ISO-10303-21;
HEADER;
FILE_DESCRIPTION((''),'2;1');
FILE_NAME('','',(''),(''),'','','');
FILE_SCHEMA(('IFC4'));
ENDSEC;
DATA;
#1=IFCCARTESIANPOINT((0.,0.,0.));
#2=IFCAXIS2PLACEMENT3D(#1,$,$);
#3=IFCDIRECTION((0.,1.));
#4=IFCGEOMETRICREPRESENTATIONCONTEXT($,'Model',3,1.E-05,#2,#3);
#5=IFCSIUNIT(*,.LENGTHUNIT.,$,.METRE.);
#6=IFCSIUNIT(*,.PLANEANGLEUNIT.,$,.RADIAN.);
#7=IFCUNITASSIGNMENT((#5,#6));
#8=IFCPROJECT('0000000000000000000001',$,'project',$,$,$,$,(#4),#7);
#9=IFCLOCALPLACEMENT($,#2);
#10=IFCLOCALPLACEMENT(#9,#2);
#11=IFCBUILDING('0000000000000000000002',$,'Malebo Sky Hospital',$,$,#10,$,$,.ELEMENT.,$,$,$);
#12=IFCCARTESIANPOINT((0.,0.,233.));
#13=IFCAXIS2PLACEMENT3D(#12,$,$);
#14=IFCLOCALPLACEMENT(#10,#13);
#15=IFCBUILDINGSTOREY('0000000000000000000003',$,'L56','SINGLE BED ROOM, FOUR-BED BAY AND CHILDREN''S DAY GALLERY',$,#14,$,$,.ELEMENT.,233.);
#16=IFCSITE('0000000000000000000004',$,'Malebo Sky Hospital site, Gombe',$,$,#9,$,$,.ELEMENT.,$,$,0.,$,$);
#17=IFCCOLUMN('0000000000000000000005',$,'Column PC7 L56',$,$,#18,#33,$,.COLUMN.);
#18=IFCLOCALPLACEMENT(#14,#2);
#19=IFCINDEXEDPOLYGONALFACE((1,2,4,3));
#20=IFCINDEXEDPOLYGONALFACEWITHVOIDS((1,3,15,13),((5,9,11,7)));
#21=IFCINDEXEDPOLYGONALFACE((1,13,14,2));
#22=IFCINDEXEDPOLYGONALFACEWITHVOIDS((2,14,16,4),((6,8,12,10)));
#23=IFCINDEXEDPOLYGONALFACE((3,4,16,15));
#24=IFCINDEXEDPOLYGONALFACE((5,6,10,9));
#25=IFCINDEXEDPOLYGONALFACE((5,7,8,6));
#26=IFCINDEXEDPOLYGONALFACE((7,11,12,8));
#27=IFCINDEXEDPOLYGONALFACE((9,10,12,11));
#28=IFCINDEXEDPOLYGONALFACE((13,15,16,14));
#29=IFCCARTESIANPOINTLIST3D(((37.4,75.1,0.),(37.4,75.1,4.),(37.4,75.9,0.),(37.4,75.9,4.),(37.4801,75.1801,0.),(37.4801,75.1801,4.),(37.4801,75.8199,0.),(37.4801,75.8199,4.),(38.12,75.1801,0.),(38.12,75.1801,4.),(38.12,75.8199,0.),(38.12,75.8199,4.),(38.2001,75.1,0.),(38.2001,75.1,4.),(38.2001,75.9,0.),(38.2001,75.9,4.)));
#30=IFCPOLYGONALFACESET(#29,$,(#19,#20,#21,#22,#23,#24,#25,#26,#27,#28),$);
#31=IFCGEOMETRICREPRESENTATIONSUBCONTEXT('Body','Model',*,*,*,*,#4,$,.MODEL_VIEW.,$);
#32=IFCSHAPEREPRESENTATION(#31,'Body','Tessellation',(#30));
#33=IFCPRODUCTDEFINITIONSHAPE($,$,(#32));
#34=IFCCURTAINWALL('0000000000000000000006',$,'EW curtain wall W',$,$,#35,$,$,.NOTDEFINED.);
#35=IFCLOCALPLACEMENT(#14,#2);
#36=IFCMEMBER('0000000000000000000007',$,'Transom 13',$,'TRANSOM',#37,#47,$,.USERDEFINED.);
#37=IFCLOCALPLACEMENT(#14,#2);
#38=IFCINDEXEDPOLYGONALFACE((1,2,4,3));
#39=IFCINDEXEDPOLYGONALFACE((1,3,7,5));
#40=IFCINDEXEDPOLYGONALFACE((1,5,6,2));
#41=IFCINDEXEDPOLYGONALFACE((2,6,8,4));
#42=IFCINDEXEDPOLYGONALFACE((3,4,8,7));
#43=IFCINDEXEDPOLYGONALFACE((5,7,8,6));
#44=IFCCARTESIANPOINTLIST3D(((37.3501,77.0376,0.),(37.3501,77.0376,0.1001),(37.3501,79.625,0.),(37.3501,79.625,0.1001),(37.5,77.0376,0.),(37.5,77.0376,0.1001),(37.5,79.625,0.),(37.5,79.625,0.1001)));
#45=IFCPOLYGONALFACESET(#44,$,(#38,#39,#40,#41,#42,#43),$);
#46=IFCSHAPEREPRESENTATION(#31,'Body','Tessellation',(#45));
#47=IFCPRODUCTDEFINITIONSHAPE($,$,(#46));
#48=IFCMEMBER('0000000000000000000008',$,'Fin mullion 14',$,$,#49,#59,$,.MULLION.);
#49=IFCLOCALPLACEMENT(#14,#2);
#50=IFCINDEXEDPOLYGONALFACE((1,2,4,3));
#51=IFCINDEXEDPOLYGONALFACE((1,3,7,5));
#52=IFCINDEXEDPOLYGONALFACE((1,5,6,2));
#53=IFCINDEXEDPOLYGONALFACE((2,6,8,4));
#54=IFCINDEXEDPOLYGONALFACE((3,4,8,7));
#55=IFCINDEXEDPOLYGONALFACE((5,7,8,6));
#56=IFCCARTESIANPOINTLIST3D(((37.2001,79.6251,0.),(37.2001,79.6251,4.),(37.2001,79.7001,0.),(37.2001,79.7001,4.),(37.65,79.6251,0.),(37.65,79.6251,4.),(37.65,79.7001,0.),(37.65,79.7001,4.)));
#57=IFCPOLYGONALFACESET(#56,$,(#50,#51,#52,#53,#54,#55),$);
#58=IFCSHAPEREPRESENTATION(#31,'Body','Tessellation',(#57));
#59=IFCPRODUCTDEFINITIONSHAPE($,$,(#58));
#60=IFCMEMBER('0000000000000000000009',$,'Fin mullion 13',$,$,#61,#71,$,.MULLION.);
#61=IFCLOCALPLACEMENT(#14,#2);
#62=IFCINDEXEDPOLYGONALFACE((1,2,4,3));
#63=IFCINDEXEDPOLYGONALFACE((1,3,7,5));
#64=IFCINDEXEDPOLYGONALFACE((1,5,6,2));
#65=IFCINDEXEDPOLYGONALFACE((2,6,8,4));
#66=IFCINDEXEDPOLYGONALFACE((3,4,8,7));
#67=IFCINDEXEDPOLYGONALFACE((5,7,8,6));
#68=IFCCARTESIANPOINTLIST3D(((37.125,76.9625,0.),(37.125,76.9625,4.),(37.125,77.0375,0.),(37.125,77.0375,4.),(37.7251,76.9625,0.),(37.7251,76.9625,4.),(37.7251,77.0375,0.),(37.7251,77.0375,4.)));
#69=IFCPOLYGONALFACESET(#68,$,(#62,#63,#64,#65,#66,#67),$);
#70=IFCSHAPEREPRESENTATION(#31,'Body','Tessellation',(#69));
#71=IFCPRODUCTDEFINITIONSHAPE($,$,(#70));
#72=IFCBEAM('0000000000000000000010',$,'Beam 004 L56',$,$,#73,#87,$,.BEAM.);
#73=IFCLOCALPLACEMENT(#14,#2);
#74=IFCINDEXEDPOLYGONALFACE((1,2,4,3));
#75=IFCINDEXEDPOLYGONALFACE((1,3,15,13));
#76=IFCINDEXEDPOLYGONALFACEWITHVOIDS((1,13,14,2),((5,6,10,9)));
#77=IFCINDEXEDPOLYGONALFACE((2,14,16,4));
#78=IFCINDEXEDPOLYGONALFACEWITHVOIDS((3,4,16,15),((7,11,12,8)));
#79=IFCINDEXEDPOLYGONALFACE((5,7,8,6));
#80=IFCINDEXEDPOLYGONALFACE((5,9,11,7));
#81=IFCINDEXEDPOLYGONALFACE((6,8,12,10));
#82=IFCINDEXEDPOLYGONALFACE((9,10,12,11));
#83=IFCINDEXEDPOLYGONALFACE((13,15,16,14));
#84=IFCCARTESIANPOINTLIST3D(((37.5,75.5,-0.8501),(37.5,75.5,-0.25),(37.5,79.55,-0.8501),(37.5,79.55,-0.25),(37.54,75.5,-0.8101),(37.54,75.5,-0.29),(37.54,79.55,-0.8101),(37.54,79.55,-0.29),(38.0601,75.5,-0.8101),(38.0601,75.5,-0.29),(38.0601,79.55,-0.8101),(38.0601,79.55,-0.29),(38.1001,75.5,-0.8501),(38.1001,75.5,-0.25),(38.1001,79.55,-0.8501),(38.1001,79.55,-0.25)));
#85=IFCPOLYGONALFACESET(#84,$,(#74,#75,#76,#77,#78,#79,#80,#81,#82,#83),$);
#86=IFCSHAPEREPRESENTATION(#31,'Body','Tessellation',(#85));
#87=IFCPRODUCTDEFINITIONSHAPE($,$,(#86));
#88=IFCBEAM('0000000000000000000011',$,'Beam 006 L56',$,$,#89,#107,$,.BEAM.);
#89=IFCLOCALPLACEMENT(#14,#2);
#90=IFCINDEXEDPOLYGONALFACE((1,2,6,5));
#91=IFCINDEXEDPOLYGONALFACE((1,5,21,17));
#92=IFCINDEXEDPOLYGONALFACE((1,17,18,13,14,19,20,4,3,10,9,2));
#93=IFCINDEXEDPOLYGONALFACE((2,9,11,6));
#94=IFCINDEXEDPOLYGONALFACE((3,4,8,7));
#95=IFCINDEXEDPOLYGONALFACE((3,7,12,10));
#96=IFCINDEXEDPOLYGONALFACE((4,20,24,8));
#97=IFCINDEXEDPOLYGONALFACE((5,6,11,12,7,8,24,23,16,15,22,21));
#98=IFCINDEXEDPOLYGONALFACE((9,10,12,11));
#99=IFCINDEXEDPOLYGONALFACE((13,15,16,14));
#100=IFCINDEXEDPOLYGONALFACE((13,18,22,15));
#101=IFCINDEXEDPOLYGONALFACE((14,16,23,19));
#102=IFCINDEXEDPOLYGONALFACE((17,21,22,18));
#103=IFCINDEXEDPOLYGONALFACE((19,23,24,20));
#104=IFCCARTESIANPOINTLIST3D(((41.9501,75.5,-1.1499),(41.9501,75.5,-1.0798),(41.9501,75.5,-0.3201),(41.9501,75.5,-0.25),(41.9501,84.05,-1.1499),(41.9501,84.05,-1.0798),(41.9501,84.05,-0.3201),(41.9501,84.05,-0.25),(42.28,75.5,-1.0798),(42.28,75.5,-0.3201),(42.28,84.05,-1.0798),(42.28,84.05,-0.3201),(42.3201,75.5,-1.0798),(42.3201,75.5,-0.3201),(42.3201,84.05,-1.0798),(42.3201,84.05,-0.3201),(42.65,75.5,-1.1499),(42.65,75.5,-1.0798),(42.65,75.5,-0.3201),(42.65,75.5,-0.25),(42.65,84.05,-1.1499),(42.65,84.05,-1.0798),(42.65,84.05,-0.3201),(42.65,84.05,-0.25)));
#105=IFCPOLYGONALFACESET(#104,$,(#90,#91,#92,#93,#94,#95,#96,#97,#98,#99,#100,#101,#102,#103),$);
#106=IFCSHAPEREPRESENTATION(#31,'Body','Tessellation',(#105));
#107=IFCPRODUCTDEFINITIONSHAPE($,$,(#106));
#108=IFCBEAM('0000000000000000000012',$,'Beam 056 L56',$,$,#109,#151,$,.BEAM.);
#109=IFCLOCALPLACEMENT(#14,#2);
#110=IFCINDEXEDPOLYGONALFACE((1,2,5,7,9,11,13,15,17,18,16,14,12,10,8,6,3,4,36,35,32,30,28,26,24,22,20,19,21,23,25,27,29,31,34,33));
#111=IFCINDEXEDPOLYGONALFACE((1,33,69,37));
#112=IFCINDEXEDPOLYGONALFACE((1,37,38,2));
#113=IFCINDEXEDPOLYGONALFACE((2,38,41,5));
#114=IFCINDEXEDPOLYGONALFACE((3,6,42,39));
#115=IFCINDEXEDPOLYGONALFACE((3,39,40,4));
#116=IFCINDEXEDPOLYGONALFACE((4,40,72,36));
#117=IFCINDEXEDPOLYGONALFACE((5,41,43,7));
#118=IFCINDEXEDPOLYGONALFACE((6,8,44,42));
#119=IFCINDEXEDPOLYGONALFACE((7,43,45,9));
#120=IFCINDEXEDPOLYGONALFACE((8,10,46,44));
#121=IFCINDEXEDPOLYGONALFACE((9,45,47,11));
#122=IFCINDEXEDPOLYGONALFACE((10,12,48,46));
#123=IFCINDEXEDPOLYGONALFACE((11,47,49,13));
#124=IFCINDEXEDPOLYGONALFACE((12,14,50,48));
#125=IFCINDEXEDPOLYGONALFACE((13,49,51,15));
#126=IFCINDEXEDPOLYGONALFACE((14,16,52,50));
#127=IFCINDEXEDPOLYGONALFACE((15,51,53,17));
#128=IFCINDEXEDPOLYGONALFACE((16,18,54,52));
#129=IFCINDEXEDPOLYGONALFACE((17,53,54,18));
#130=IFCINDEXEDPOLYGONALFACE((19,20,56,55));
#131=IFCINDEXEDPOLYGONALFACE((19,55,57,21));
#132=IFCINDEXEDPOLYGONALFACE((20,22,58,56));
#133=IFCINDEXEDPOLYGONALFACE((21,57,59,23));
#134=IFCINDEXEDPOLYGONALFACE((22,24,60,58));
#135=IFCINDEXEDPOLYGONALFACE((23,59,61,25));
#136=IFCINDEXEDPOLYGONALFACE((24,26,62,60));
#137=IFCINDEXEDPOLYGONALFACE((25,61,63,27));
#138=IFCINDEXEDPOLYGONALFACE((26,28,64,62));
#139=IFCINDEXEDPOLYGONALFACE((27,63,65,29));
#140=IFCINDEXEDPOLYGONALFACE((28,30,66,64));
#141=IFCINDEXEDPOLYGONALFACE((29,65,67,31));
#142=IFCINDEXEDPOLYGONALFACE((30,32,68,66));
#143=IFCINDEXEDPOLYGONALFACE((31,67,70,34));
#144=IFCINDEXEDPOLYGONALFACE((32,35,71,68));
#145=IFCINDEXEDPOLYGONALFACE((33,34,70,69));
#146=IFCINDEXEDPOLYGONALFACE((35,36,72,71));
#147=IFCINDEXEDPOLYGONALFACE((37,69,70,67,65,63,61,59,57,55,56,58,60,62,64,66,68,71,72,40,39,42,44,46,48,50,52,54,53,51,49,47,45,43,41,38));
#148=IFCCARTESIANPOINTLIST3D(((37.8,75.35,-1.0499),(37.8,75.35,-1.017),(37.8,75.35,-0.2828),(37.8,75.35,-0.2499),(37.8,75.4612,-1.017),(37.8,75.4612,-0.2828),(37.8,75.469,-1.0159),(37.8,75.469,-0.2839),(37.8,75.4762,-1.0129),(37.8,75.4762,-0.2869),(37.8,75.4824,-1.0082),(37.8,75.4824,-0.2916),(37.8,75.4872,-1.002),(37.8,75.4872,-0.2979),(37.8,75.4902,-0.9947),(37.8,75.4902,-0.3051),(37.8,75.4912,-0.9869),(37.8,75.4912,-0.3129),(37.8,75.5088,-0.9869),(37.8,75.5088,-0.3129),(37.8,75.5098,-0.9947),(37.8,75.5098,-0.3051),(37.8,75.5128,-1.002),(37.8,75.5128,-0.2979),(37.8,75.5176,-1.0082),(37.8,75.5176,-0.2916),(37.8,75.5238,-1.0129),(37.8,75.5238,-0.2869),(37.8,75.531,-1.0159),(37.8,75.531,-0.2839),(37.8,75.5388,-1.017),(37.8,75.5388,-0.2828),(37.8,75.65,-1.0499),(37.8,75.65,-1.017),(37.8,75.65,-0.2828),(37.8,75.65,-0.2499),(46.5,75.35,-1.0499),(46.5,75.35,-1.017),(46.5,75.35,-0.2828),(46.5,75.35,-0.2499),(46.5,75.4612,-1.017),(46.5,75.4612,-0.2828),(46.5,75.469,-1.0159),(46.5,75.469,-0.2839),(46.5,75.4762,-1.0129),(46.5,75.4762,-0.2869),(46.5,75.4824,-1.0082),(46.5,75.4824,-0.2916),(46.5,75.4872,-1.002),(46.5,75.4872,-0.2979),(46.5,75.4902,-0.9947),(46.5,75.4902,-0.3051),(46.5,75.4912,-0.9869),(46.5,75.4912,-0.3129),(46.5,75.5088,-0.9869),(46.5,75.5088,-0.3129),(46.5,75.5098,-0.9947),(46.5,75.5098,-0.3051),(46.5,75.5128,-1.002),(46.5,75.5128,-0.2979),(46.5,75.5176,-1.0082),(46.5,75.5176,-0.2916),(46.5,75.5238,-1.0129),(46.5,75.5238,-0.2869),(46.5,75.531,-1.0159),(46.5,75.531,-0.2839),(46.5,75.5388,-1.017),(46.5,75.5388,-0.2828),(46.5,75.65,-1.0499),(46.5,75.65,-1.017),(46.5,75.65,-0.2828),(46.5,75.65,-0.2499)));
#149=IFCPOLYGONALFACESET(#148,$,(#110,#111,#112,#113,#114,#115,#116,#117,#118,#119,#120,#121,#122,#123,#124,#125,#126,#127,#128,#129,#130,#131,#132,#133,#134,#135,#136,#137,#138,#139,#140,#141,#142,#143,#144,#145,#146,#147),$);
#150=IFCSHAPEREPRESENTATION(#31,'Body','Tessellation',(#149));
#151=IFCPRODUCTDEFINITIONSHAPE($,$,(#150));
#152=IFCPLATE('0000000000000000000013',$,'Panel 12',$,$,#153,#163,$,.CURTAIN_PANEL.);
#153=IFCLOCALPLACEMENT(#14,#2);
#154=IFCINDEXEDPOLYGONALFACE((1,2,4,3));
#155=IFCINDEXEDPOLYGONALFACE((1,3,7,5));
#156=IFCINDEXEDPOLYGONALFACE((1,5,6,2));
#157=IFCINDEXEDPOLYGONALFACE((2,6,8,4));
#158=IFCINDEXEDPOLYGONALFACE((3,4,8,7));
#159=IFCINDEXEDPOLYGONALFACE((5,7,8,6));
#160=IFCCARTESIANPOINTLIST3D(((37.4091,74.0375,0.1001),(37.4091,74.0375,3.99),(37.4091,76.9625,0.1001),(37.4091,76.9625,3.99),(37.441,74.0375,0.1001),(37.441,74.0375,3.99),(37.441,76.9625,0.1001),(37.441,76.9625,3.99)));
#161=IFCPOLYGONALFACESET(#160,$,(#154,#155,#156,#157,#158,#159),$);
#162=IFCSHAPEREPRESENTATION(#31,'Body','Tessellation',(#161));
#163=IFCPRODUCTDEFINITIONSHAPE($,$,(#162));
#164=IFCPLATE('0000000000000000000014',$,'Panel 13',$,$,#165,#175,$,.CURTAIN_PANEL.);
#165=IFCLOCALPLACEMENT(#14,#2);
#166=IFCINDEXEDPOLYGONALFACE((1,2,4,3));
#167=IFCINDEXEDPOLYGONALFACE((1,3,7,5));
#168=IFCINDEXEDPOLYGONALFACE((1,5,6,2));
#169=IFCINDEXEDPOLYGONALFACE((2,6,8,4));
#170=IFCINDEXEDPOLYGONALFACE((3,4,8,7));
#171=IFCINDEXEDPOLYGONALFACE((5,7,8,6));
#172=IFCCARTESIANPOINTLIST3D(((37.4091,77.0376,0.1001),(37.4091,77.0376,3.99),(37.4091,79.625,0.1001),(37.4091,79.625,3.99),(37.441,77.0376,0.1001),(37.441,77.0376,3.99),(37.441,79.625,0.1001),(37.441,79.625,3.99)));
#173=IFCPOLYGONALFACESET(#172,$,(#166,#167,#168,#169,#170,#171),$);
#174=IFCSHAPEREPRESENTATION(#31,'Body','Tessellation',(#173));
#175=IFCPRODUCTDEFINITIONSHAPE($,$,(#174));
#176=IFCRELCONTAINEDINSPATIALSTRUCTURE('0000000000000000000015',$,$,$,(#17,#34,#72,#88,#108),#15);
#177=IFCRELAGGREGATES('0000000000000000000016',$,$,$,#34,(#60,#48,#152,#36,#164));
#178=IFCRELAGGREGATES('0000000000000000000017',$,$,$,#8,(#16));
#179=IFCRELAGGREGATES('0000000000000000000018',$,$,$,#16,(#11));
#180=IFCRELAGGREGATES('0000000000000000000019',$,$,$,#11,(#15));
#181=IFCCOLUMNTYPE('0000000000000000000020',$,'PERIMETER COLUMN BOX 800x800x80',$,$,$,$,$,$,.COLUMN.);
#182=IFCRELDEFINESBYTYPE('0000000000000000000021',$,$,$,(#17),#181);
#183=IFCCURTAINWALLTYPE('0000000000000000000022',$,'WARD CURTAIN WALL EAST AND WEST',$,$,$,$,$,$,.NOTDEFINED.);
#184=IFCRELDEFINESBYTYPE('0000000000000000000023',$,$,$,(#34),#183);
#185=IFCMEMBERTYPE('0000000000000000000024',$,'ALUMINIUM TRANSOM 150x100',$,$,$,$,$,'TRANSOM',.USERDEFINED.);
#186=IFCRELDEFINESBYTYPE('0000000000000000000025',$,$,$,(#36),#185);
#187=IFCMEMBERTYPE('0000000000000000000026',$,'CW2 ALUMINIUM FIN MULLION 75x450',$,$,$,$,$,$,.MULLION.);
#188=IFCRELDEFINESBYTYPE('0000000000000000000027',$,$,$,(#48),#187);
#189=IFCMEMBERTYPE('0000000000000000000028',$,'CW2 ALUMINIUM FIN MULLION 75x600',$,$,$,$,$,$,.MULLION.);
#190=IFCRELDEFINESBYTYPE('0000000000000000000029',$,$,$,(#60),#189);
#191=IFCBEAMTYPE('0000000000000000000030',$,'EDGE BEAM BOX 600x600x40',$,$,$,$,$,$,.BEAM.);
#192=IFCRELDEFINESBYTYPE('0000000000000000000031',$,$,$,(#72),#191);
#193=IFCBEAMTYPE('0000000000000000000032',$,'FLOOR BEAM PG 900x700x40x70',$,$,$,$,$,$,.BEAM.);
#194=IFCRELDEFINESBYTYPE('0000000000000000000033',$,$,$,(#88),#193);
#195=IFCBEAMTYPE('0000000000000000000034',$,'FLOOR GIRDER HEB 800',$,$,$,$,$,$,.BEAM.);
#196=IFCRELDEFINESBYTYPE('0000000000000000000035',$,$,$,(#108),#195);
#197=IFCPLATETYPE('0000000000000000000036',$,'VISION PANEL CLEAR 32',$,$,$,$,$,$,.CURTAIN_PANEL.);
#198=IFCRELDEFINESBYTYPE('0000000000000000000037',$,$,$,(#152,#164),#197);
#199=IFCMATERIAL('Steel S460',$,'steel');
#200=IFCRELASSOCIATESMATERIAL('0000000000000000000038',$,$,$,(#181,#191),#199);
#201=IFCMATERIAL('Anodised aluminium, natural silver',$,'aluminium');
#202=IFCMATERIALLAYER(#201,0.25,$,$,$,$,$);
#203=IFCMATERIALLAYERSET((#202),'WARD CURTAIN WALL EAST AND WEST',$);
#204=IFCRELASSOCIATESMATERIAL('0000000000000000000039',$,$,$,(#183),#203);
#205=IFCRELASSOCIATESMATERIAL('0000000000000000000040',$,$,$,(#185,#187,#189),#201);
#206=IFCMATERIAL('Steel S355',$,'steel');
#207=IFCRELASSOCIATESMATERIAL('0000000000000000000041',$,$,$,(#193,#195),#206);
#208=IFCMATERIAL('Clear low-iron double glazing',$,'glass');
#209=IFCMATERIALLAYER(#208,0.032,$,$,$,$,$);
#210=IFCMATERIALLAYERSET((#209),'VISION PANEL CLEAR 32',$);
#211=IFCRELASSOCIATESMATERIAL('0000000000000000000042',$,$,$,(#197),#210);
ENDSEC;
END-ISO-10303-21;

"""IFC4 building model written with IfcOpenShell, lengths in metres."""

from ifc_helpers import new_model, si_unit, direction, frame, origin, origin_2d, place, context, subcontext, project, spatial, rectangle, hollow_rectangle, i_section, extrude, material, layer, layer_set, material_profile, profile_set, type_object, element, aggregate, save


model = new_model("IFC4")

# Units and contexts
model_context = context("Model", 3, precision=1e-05, world=origin(), true_north=direction((0.0, 1.0)))
body_context = subcontext(model_context, "Body", "Model", "MODEL_VIEW")
ifc_project = project(units=[si_unit("LENGTHUNIT", "METRE"), si_unit("PLANEANGLEUNIT", "RADIAN")], contexts=[model_context])

# Site, building, storey
site_placement = place(None, origin())
site = spatial("IfcSite", under=ifc_project, at=site_placement, Name="Malebo Sky Hospital site, Gombe", CompositionType="ELEMENT", RefElevation=0.0)
building_placement = place(site_placement, origin())
building = spatial("IfcBuilding", under=site, at=building_placement, Name="Malebo Sky Hospital", CompositionType="ELEMENT")
storey_placement = place(building_placement, frame((0.0, 0.0, 233.0)))
storey = spatial("IfcBuildingStorey", under=building, at=storey_placement, Name="L56", Description="SINGLE BED ROOM, FOUR-BED BAY AND CHILDREN'S DAY GALLERY", CompositionType="ELEMENT", Elevation=233.0)

# Column
ifc_material_1 = material(Name="Steel S460", Category="steel")
ifc_material_profile_1 = material_profile(ifc_material_1, hollow_rectangle(XDim=0.8, YDim=0.8, WallThickness=0.0801, at=origin_2d()), Name="BOX 800x800x80")
ifc_profile_set_1 = profile_set([ifc_material_profile_1], Name="Steel S460")
column_type = type_object("IfcColumnType", Name="PERIMETER COLUMN BOX 800x800x80", PredefinedType="COLUMN", material=ifc_profile_set_1)
column_placement = place(storey_placement, frame((37.8, 75.5, 0.0), z_axis=(0.0, 0.0, 1.0), x_axis=(1.0, 0.0, 0.0)))
element("IfcColumn", 1, at=column_placement, inside=storey, type_object=column_type, Name="Column PC7 L56", PredefinedType="COLUMN", context=body_context, shape_type="SweptSolid", body=[
    extrude(hollow_rectangle(XDim=0.8, YDim=0.8, WallThickness=0.0801, at=origin_2d()), origin(), (0.0, 0.0, 1.0), 4.0),
])

# Curtain wall, members
ifc_material_2 = material(Name="Anodised aluminium, natural silver", Category="aluminium")
ifc_layer_1 = layer(ifc_material_2, 0.25)
ifc_layer_set_1 = layer_set([ifc_layer_1], Name="WARD CURTAIN WALL EAST AND WEST")
curtain_wall_type = type_object("IfcCurtainWallType", Name="WARD CURTAIN WALL EAST AND WEST", PredefinedType="NOTDEFINED", material=ifc_layer_set_1)
curtain_wall_placement = place(storey_placement, origin())
curtain_wall = element("IfcCurtainWall", 2, at=curtain_wall_placement, inside=storey, type_object=curtain_wall_type, Name="EW curtain wall W", PredefinedType="NOTDEFINED")
ifc_material_profile_2 = material_profile(ifc_material_2, rectangle(XDim=0.1499, YDim=0.1001, at=origin_2d()), Name="ALUMINIUM TRANSOM 150x100")
ifc_profile_set_2 = profile_set([ifc_material_profile_2], Name="Anodised aluminium, natural silver")
member_type_1 = type_object("IfcMemberType", Name="ALUMINIUM TRANSOM 150x100", ElementType="TRANSOM", PredefinedType="USERDEFINED", material=ifc_profile_set_2)
member_1_placement = place(storey_placement, frame((37.425, 77.0376, 0.05), z_axis=(0.0, 1.0, 0.0), x_axis=(-1.0, 0.0, 0.0)))
member_1 = element("IfcMember", 3, at=member_1_placement, type_object=member_type_1, Name="Transom 13", ObjectType="TRANSOM", PredefinedType="USERDEFINED", context=body_context, shape_type="SweptSolid", body=[
    extrude(rectangle(XDim=0.1499, YDim=0.1001, at=origin_2d()), origin(), (0.0, 0.0, 1.0), 2.5874),
])
ifc_material_profile_3 = material_profile(ifc_material_2, rectangle(XDim=0.075, YDim=0.45, at=origin_2d()), Name="CW2 ALUMINIUM FIN MULLION 75x450")
ifc_profile_set_3 = profile_set([ifc_material_profile_3], Name="Anodised aluminium, natural silver")
member_type_2 = type_object("IfcMemberType", Name="CW2 ALUMINIUM FIN MULLION 75x450", PredefinedType="MULLION", material=ifc_profile_set_3)
member_2_placement = place(storey_placement, frame((37.425, 79.6626, 0.0), z_axis=(0.0, 0.0, 1.0), x_axis=(0.0, 1.0, 0.0)))
member_2 = element("IfcMember", 4, at=member_2_placement, type_object=member_type_2, Name="Fin mullion 14", PredefinedType="MULLION", context=body_context, shape_type="SweptSolid", body=[
    extrude(rectangle(XDim=0.075, YDim=0.45, at=origin_2d()), origin(), (0.0, 0.0, 1.0), 4.0),
])
ifc_material_profile_4 = material_profile(ifc_material_2, rectangle(XDim=0.075, YDim=0.6001, at=origin_2d()), Name="CW2 ALUMINIUM FIN MULLION 75x600")
ifc_profile_set_4 = profile_set([ifc_material_profile_4], Name="Anodised aluminium, natural silver")
member_type_3 = type_object("IfcMemberType", Name="CW2 ALUMINIUM FIN MULLION 75x600", PredefinedType="MULLION", material=ifc_profile_set_4)
member_3_placement = place(storey_placement, frame((37.425, 77.0, 0.0), z_axis=(0.0, 0.0, 1.0), x_axis=(0.0, 1.0, 0.0)))
member_3 = element("IfcMember", 5, at=member_3_placement, type_object=member_type_3, Name="Fin mullion 13", PredefinedType="MULLION", context=body_context, shape_type="SweptSolid", body=[
    extrude(rectangle(XDim=0.075, YDim=0.6001, at=origin_2d()), origin(), (0.0, 0.0, 1.0), 4.0),
])

# Beams
ifc_material_profile_5 = material_profile(ifc_material_1, hollow_rectangle(XDim=0.6001, YDim=0.6001, WallThickness=0.04, at=origin_2d()), Name="BOX 600x600x40")
ifc_profile_set_5 = profile_set([ifc_material_profile_5], Name="Steel S460")
beam_type_1 = type_object("IfcBeamType", Name="EDGE BEAM BOX 600x600x40", PredefinedType="BEAM", material=ifc_profile_set_5)
beam_1_placement = place(storey_placement, frame((37.8, 75.5, -0.55), z_axis=(0.0, 1.0, 0.0), x_axis=(-1.0, 0.0, 0.0)))
element("IfcBeam", 6, at=beam_1_placement, inside=storey, type_object=beam_type_1, Name="Beam 004 L56", PredefinedType="BEAM", context=body_context, shape_type="SweptSolid", body=[
    extrude(hollow_rectangle(XDim=0.6001, YDim=0.6001, WallThickness=0.04, at=origin_2d()), origin(), (0.0, 0.0, 1.0), 4.05),
])
ifc_material_3 = material(Name="Steel S355", Category="steel")
ifc_material_profile_6 = material_profile(ifc_material_3, i_section(OverallWidth=0.7, OverallDepth=0.8999, WebThickness=0.04, FlangeThickness=0.0701, at=origin_2d()), Name="PG 900x700x40x70")
ifc_profile_set_6 = profile_set([ifc_material_profile_6], Name="Steel S355")
beam_type_2 = type_object("IfcBeamType", Name="FLOOR BEAM PG 900x700x40x70", PredefinedType="BEAM", material=ifc_profile_set_6)
beam_2_placement = place(storey_placement, frame((42.3, 75.5, -0.7), z_axis=(0.0, 1.0, 0.0), x_axis=(-1.0, 0.0, 0.0)))
element("IfcBeam", 7, at=beam_2_placement, inside=storey, type_object=beam_type_2, Name="Beam 006 L56", PredefinedType="BEAM", context=body_context, shape_type="SweptSolid", body=[
    extrude(i_section(OverallWidth=0.7, OverallDepth=0.8999, WebThickness=0.04, FlangeThickness=0.0701, at=origin_2d()), origin(), (0.0, 0.0, 1.0), 8.55),
])
ifc_material_profile_7 = material_profile(ifc_material_3, i_section(OverallWidth=0.3, OverallDepth=0.8, WebThickness=0.0176, FlangeThickness=0.033, FilletRadius=0.03, at=origin_2d()), Name="HEB 800")
ifc_profile_set_7 = profile_set([ifc_material_profile_7], Name="Steel S355")
beam_type_3 = type_object("IfcBeamType", Name="FLOOR GIRDER HEB 800", PredefinedType="BEAM", material=ifc_profile_set_7)
beam_3_placement = place(storey_placement, frame((37.8, 75.5, -0.6499), z_axis=(1.0, 0.0, 0.0), x_axis=(0.0, 1.0, 0.0)))
element("IfcBeam", 8, at=beam_3_placement, inside=storey, type_object=beam_type_3, Name="Beam 056 L56", PredefinedType="BEAM", context=body_context, shape_type="SweptSolid", body=[
    extrude(i_section(OverallWidth=0.3, OverallDepth=0.8, WebThickness=0.0176, FlangeThickness=0.033, FilletRadius=0.03, at=origin_2d()), origin(), (0.0, 0.0, 1.0), 8.7),
])

# Plates
ifc_material_4 = material(Name="Clear low-iron double glazing", Category="glass")
ifc_layer_2 = layer(ifc_material_4, 0.032)
ifc_layer_set_2 = layer_set([ifc_layer_2], Name="VISION PANEL CLEAR 32")
plate_type = type_object("IfcPlateType", Name="VISION PANEL CLEAR 32", PredefinedType="CURTAIN_PANEL", material=ifc_layer_set_2)
plate_1_placement = place(storey_placement, frame((37.425, 75.5, 0.1001), z_axis=(0.0, 0.0, 1.0), x_axis=(0.0, 1.0, 0.0)))
plate_1 = element("IfcPlate", 9, at=plate_1_placement, type_object=plate_type, Name="Panel 12", PredefinedType="CURTAIN_PANEL", context=body_context, shape_type="SweptSolid", body=[
    extrude(rectangle(XDim=2.925, YDim=0.032, at=origin_2d()), origin(), (0.0, 0.0, 1.0), 3.8899),
])
plate_2_placement = place(storey_placement, frame((37.425, 78.3313, 0.1001), z_axis=(0.0, 0.0, 1.0), x_axis=(0.0, 1.0, 0.0)))
plate_2 = element("IfcPlate", 10, at=plate_2_placement, type_object=plate_type, Name="Panel 13", PredefinedType="CURTAIN_PANEL", context=body_context, shape_type="SweptSolid", body=[
    extrude(rectangle(XDim=2.5874, YDim=0.032, at=origin_2d()), origin(), (0.0, 0.0, 1.0), 3.8899),
])
aggregate(curtain_wall, [member_3, member_2, plate_1, member_1, plate_2])

save(model, "model.ifc")
